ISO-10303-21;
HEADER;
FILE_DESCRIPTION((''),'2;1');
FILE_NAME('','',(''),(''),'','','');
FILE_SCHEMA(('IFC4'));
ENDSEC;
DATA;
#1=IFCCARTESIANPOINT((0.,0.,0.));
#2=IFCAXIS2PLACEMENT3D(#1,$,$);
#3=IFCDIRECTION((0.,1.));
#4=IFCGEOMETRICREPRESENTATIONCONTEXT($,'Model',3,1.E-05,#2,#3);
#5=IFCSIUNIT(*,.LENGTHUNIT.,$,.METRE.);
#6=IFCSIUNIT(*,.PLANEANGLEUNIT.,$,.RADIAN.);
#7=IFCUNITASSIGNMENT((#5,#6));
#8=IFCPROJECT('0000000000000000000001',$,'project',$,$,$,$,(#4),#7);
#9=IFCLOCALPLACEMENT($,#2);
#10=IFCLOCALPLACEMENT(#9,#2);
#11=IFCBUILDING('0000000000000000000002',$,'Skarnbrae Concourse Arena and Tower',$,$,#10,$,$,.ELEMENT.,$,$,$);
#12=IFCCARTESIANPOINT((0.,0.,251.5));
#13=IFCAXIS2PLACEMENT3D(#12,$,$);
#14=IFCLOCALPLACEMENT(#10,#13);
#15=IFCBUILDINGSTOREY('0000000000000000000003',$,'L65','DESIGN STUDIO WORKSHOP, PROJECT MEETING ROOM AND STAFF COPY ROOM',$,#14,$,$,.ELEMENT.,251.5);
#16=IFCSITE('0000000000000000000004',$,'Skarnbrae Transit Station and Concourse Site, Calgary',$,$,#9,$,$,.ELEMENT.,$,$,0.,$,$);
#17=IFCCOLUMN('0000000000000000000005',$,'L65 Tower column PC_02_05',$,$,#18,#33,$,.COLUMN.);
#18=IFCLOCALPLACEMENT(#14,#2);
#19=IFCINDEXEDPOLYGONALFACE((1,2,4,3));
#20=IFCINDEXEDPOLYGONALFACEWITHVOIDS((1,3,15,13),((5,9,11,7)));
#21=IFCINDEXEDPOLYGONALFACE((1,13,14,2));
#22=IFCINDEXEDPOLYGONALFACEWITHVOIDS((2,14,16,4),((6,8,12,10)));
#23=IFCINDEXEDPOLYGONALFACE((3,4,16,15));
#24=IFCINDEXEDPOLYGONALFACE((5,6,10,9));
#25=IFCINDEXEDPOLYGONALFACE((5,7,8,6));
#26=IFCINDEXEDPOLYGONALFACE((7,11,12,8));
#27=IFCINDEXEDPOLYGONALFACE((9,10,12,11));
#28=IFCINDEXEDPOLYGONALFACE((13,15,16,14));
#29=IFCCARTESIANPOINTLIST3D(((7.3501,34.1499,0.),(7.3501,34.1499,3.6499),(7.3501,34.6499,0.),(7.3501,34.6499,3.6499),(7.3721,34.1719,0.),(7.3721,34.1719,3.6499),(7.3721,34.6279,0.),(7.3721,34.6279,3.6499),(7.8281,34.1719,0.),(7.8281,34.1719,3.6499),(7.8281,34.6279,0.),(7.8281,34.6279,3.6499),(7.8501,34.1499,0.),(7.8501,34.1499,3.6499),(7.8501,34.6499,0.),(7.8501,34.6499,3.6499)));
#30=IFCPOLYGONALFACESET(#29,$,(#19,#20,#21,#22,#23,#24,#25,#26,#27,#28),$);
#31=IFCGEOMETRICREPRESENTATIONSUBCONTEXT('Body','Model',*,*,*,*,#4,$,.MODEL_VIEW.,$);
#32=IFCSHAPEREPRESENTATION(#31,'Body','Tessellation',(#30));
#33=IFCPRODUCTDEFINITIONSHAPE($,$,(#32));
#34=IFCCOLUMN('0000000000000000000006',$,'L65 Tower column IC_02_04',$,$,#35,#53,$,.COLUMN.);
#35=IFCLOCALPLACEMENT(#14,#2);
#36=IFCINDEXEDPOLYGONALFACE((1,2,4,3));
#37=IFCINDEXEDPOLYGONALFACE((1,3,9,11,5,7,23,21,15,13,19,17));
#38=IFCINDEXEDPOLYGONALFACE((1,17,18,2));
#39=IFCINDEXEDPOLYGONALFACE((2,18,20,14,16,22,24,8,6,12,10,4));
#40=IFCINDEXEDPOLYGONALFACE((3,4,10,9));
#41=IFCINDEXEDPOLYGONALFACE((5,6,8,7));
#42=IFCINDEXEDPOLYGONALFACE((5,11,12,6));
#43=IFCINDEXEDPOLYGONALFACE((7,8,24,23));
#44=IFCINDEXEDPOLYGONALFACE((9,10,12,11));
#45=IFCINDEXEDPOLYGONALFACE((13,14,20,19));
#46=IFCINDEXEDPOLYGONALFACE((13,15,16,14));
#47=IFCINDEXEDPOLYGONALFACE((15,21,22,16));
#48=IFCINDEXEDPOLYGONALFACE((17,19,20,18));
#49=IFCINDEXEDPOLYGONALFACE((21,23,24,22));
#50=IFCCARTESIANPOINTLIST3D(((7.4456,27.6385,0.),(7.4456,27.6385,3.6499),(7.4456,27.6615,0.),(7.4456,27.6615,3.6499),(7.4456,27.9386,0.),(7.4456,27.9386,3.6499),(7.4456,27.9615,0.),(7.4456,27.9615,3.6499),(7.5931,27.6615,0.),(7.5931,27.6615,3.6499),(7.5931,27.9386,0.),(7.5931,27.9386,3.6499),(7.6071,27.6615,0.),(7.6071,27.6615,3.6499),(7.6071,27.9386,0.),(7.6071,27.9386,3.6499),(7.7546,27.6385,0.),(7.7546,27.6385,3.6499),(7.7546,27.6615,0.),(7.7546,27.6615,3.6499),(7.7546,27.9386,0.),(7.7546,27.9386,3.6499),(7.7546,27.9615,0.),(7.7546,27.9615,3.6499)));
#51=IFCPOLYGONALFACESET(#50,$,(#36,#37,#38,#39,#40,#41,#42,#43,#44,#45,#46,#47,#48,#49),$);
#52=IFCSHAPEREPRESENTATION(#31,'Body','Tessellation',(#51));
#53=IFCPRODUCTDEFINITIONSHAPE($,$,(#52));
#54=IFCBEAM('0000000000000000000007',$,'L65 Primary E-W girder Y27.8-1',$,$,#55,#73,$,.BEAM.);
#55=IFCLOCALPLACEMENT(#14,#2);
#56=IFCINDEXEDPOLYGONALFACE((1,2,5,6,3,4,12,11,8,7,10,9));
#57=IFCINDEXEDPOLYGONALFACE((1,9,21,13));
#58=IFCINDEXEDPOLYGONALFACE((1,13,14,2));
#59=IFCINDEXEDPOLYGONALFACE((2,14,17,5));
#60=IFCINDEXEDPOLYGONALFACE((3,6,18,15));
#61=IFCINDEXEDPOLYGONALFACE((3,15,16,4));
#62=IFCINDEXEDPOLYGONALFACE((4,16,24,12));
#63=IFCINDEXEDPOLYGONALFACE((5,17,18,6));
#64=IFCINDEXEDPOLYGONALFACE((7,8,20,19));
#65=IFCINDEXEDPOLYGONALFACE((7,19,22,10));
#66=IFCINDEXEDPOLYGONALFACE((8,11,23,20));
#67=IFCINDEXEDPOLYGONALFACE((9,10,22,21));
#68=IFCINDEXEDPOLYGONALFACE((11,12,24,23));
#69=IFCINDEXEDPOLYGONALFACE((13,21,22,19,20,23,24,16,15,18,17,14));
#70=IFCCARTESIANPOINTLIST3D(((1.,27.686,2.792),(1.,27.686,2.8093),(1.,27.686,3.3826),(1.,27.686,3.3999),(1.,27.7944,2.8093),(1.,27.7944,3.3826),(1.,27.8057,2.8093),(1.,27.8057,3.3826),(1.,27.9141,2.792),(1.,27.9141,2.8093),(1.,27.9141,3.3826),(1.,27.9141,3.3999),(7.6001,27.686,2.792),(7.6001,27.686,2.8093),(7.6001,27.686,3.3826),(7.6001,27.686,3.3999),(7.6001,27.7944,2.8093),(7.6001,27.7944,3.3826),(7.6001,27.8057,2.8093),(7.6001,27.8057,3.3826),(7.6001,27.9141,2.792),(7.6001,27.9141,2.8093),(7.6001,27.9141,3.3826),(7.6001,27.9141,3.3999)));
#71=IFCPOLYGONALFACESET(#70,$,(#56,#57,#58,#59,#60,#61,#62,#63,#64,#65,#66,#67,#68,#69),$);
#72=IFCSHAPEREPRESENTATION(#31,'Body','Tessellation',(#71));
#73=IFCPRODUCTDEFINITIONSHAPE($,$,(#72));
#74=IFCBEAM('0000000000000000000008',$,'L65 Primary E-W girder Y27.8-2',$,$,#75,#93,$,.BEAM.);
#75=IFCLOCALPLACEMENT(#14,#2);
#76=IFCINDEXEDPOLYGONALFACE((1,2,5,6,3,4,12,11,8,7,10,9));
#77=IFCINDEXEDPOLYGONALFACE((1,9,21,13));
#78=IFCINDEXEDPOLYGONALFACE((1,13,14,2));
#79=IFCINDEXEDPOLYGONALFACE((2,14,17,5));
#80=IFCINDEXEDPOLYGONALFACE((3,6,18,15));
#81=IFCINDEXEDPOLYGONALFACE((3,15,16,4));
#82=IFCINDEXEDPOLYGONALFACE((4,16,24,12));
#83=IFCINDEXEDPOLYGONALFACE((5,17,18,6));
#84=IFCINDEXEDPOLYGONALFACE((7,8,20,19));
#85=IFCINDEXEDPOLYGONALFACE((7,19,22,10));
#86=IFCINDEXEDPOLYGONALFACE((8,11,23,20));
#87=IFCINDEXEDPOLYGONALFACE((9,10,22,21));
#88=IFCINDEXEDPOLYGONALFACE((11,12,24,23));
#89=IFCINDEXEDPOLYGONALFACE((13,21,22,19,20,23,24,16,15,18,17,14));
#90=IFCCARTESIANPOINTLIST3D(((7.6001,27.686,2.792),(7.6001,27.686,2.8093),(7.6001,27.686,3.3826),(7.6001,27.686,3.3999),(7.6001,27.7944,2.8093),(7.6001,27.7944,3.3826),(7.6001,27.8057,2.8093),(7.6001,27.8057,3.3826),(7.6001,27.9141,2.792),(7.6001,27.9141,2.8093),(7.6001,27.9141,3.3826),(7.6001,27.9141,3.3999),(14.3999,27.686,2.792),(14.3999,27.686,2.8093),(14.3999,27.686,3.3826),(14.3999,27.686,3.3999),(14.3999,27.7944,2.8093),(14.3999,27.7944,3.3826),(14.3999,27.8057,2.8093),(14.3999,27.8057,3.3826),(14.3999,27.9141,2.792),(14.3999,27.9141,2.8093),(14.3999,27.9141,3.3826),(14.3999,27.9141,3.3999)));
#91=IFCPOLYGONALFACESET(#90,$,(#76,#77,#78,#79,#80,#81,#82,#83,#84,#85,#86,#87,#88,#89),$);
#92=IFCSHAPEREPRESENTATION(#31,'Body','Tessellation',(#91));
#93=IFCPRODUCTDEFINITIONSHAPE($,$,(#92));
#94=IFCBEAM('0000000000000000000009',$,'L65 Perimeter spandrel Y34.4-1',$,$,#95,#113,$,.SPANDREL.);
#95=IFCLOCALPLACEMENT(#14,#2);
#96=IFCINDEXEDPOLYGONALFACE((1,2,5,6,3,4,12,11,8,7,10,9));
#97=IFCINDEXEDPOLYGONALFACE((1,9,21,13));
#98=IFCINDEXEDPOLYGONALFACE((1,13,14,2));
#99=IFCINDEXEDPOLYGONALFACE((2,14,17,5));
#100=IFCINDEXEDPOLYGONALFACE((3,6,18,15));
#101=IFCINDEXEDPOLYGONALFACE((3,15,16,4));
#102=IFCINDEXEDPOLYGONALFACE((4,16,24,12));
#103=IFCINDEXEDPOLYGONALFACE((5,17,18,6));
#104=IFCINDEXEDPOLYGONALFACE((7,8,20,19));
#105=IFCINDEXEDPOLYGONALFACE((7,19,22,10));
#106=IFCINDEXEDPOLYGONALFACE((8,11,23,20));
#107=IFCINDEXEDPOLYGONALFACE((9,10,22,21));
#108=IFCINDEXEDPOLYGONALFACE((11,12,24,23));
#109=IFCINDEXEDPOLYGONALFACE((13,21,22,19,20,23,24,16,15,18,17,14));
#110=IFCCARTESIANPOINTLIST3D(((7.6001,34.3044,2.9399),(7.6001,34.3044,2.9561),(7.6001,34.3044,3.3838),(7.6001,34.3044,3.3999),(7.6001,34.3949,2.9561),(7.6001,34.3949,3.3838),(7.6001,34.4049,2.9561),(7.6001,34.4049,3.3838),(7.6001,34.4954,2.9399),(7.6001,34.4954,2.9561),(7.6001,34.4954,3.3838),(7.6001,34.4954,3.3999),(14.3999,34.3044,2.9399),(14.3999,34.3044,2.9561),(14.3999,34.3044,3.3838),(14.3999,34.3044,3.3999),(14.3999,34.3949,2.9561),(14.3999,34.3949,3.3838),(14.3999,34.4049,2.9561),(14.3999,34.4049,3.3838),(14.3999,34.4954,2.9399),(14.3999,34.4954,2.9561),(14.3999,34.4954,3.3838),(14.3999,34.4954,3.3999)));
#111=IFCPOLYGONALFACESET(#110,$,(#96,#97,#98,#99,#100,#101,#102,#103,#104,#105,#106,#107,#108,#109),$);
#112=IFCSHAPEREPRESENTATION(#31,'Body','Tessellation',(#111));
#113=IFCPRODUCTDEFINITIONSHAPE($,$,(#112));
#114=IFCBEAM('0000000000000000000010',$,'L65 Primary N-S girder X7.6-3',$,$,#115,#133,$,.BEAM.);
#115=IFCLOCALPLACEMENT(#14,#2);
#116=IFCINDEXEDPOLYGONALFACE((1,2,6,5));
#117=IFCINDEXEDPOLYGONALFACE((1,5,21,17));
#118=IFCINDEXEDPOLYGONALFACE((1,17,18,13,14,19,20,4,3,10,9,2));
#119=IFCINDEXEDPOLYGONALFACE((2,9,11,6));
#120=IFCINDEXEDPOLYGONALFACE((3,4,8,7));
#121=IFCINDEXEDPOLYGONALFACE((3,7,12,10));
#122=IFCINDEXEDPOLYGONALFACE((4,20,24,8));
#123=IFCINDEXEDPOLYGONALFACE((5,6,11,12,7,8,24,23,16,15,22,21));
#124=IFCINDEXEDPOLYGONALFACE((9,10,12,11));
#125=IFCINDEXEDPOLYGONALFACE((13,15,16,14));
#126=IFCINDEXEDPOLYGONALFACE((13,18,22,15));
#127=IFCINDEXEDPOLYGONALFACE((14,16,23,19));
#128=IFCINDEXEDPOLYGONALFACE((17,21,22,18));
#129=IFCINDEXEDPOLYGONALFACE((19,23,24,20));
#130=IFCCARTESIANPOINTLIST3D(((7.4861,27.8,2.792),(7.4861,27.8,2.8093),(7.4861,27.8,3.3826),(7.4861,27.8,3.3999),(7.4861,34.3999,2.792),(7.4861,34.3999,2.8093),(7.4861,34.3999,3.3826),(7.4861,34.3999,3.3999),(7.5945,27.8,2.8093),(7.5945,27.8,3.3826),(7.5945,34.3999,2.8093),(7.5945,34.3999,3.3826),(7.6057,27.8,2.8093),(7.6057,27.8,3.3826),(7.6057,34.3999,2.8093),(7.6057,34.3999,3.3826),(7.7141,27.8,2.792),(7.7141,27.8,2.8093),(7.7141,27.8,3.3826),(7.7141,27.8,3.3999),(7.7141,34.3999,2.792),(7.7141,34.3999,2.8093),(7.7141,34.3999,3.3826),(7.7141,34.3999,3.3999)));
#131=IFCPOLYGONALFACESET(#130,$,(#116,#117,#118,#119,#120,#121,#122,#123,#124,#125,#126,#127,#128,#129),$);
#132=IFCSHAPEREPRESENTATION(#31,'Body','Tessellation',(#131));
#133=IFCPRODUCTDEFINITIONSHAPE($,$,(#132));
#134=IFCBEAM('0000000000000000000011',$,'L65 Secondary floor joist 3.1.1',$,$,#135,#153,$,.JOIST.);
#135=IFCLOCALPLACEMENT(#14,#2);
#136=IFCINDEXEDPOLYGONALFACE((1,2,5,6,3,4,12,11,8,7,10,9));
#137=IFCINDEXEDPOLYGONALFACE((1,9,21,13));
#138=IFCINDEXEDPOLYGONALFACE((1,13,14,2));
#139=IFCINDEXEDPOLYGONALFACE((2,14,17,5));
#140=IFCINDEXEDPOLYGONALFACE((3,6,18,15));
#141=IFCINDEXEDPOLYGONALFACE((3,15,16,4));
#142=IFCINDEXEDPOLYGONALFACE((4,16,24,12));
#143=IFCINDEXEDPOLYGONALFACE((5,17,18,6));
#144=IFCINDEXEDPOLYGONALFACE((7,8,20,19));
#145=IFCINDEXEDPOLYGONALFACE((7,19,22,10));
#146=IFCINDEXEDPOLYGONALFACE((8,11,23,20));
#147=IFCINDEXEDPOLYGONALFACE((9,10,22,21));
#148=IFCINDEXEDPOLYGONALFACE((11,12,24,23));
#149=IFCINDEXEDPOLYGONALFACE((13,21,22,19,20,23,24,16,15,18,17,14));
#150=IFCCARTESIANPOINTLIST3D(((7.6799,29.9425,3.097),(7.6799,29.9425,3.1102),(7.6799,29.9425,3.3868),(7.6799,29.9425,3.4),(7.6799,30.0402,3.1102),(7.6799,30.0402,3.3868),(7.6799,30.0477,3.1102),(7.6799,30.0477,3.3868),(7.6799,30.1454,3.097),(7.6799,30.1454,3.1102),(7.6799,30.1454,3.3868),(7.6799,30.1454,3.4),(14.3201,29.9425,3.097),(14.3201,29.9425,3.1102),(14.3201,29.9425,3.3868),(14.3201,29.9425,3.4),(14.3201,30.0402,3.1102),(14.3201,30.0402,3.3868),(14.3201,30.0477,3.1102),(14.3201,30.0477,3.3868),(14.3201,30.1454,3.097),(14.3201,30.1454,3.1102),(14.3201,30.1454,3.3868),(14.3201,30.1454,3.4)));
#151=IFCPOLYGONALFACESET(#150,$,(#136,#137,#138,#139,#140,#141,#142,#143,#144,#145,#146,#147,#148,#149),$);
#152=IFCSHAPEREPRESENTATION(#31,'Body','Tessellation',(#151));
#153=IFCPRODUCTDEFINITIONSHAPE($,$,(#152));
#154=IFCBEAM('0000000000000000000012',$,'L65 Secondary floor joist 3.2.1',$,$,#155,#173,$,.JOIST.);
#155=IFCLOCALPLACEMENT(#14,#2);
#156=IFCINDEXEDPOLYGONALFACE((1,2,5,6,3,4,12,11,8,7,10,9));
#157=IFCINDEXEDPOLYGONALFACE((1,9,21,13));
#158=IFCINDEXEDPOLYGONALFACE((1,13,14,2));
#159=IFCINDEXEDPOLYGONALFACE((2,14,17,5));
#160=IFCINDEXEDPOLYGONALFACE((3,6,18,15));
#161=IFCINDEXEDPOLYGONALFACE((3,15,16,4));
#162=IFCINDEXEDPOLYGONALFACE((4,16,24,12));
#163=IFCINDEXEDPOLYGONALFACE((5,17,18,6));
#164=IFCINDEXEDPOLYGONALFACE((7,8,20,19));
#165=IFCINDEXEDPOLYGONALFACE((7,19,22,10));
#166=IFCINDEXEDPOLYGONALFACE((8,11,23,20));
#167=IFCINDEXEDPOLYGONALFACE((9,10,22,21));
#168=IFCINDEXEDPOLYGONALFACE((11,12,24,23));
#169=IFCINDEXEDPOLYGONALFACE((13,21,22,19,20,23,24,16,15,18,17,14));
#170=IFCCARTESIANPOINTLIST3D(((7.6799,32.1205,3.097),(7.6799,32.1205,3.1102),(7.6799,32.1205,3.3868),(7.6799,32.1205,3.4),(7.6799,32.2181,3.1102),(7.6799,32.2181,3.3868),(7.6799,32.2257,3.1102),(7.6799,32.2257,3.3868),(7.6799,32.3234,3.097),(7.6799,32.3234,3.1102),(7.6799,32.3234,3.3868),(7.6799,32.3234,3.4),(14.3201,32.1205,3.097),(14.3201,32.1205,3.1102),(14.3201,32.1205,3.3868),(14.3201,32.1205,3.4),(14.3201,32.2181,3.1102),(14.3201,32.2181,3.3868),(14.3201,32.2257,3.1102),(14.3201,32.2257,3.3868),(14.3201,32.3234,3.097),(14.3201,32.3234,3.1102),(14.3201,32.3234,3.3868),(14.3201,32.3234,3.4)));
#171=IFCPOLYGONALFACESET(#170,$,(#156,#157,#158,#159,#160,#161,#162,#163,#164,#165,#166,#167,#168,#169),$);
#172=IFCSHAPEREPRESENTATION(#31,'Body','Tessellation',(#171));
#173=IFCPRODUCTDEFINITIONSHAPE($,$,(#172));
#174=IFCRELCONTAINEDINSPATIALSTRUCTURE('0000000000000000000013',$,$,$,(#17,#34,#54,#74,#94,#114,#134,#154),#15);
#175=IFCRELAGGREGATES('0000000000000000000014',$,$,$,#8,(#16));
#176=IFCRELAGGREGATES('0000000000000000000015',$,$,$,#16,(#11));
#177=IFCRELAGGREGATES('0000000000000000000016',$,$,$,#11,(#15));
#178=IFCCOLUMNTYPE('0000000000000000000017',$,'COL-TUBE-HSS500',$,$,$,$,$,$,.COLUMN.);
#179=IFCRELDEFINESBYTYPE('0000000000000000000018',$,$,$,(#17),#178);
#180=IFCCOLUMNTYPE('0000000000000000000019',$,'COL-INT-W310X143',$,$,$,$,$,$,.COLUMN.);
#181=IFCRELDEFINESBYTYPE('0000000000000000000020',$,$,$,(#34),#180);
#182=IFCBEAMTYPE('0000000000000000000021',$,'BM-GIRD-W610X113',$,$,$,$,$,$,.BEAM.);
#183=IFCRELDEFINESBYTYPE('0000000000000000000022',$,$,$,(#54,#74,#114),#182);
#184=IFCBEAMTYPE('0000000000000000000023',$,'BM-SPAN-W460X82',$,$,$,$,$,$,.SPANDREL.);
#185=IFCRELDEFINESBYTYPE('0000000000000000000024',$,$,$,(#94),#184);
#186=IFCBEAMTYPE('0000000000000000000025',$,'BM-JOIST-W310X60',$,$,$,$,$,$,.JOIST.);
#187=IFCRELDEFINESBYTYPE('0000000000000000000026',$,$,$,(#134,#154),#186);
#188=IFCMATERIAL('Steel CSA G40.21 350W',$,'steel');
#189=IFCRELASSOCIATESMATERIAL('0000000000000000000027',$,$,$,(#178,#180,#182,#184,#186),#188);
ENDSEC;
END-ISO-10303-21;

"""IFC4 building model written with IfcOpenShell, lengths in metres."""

from ifc_helpers import new_model, si_unit, direction, frame, origin, origin_2d, place, context, subcontext, project, spatial, hollow_rectangle, i_section, extrude, source, transform, mapped, material, material_profile, profile_set, type_object, element, save


model = new_model("IFC4")

# Units and contexts
model_context = context("Model", 3, precision=1e-05, world=origin(), true_north=direction((0.0, 1.0)))
body_context = subcontext(model_context, "Body", "Model", "MODEL_VIEW")
ifc_project = project(units=[si_unit("LENGTHUNIT", "METRE"), si_unit("PLANEANGLEUNIT", "RADIAN")], contexts=[model_context])

# Site, building, storey
site_placement = place(None, origin())
site = spatial("IfcSite", under=ifc_project, at=site_placement, Name="Skarnbrae Transit Station and Concourse Site, Calgary", CompositionType="ELEMENT", RefElevation=0.0)
building_placement = place(site_placement, origin())
building = spatial("IfcBuilding", under=site, at=building_placement, Name="Skarnbrae Concourse Arena and Tower", CompositionType="ELEMENT")
storey_placement = place(building_placement, frame((0.0, 0.0, 251.5)))
storey = spatial("IfcBuildingStorey", under=building, at=storey_placement, Name="L65", Description="DESIGN STUDIO WORKSHOP, PROJECT MEETING ROOM AND STAFF COPY ROOM", CompositionType="ELEMENT", Elevation=251.5)

# Columns
ifc_material_1 = material(Name="Steel CSA G40.21 350W", Category="steel")
ifc_material_profile_1 = material_profile(ifc_material_1, hollow_rectangle(XDim=0.5, YDim=0.5, WallThickness=0.022, at=origin_2d()), Name="HSS500X500X22.0")
ifc_profile_set_1 = profile_set([ifc_material_profile_1], Name="Steel CSA G40.21 350W")
column_type_1 = type_object("IfcColumnType", Name="COL-TUBE-HSS500", PredefinedType="COLUMN", material=ifc_profile_set_1)
shared_shape_1 = source(origin(), body_context, "Body", "SweptSolid", [
    extrude(hollow_rectangle(XDim=0.5, YDim=0.5, WallThickness=0.022, at=origin_2d()), origin(), (0.0, 0.0, 1.0), 3.6499),
])
column_1_placement = place(storey_placement, frame((7.6001, 34.3999, 0.0), z_axis=(0.0, 0.0, 1.0), x_axis=(1.0, 0.0, 0.0)))
element("IfcColumn", 1, at=column_1_placement, inside=storey, type_object=column_type_1, Name="L65 Tower column PC_02_05", PredefinedType="COLUMN", context=body_context, shape_type="MappedRepresentation", body=[
    mapped(shared_shape_1, transform((0.0, 0.0, 0.0))),
])
ifc_material_profile_2 = material_profile(ifc_material_1, i_section(OverallWidth=0.3091, OverallDepth=0.323, WebThickness=0.0139, FlangeThickness=0.0229, at=origin_2d()), Name="W310X143")
ifc_profile_set_2 = profile_set([ifc_material_profile_2], Name="Steel CSA G40.21 350W")
column_type_2 = type_object("IfcColumnType", Name="COL-INT-W310X143", PredefinedType="COLUMN", material=ifc_profile_set_2)
shared_shape_2 = source(origin(), body_context, "Body", "SweptSolid", [
    extrude(i_section(OverallWidth=0.3091, OverallDepth=0.323, WebThickness=0.0139, FlangeThickness=0.0229, at=origin_2d()), origin(), (0.0, 0.0, 1.0), 3.6499),
])
column_2_placement = place(storey_placement, frame((7.6001, 27.8, 0.0), z_axis=(0.0, 0.0, 1.0), x_axis=(1.0, 0.0, 0.0)))
element("IfcColumn", 2, at=column_2_placement, inside=storey, type_object=column_type_2, Name="L65 Tower column IC_02_04", PredefinedType="COLUMN", context=body_context, shape_type="MappedRepresentation", body=[
    mapped(shared_shape_2, transform((0.0, 0.0, 0.0))),
])

# Beams
ifc_material_profile_3 = material_profile(ifc_material_1, i_section(OverallWidth=0.228, OverallDepth=0.6079, WebThickness=0.0112, FlangeThickness=0.0173, at=origin_2d()), Name="W610X113")
ifc_profile_set_3 = profile_set([ifc_material_profile_3], Name="Steel CSA G40.21 350W")
beam_type_1 = type_object("IfcBeamType", Name="BM-GIRD-W610X113", PredefinedType="BEAM", material=ifc_profile_set_3)
shared_shape_3 = source(origin(), body_context, "Body", "SweptSolid", [
    extrude(i_section(OverallWidth=0.228, OverallDepth=0.6079, WebThickness=0.0112, FlangeThickness=0.0173, at=origin_2d()), origin(), (0.0, 0.0, 1.0), 6.6001),
])
beam_1_placement = place(storey_placement, frame((1.0, 27.8, 3.0959), z_axis=(1.0, 0.0, 0.0), x_axis=(0.0, 1.0, 0.0)))
element("IfcBeam", 3, at=beam_1_placement, inside=storey, type_object=beam_type_1, Name="L65 Primary E-W girder Y27.8-1", PredefinedType="BEAM", context=body_context, shape_type="MappedRepresentation", body=[
    mapped(shared_shape_3, transform((0.0, 0.0, 0.0))),
])
shared_shape_4 = source(origin(), body_context, "Body", "SweptSolid", [
    extrude(i_section(OverallWidth=0.228, OverallDepth=0.6079, WebThickness=0.0112, FlangeThickness=0.0173, at=origin_2d()), origin(), (0.0, 0.0, 1.0), 6.7998),
])
beam_2_placement = place(storey_placement, frame((7.6001, 27.8, 3.0959), z_axis=(1.0, 0.0, 0.0), x_axis=(0.0, 1.0, 0.0)))
element("IfcBeam", 4, at=beam_2_placement, inside=storey, type_object=beam_type_1, Name="L65 Primary E-W girder Y27.8-2", PredefinedType="BEAM", context=body_context, shape_type="MappedRepresentation", body=[
    mapped(shared_shape_4, transform((0.0, 0.0, 0.0))),
])
ifc_material_profile_4 = material_profile(ifc_material_1, i_section(OverallWidth=0.1909, OverallDepth=0.46, WebThickness=0.01, FlangeThickness=0.0161, at=origin_2d()), Name="W460X82")
ifc_profile_set_4 = profile_set([ifc_material_profile_4], Name="Steel CSA G40.21 350W")
beam_type_2 = type_object("IfcBeamType", Name="BM-SPAN-W460X82", PredefinedType="SPANDREL", material=ifc_profile_set_4)
shared_shape_5 = source(origin(), body_context, "Body", "SweptSolid", [
    extrude(i_section(OverallWidth=0.1909, OverallDepth=0.46, WebThickness=0.01, FlangeThickness=0.0161, at=origin_2d()), origin(), (0.0, 0.0, 1.0), 6.7998),
])
beam_3_placement = place(storey_placement, frame((7.6001, 34.3999, 3.1699), z_axis=(1.0, 0.0, 0.0), x_axis=(0.0, 1.0, 0.0)))
element("IfcBeam", 5, at=beam_3_placement, inside=storey, type_object=beam_type_2, Name="L65 Perimeter spandrel Y34.4-1", PredefinedType="SPANDREL", context=body_context, shape_type="MappedRepresentation", body=[
    mapped(shared_shape_5, transform((0.0, 0.0, 0.0))),
])
shared_shape_6 = source(origin(), body_context, "Body", "SweptSolid", [
    extrude(i_section(OverallWidth=0.228, OverallDepth=0.6079, WebThickness=0.0112, FlangeThickness=0.0173, at=origin_2d()), origin(), (0.0, 0.0, 1.0), 6.5999),
])
beam_4_placement = place(storey_placement, frame((7.6001, 27.8, 3.0959), z_axis=(0.0, 1.0, 0.0), x_axis=(-1.0, 0.0, 0.0)))
element("IfcBeam", 6, at=beam_4_placement, inside=storey, type_object=beam_type_1, Name="L65 Primary N-S girder X7.6-3", PredefinedType="BEAM", context=body_context, shape_type="MappedRepresentation", body=[
    mapped(shared_shape_6, transform((0.0, 0.0, 0.0))),
])
ifc_material_profile_5 = material_profile(ifc_material_1, i_section(OverallWidth=0.2029, OverallDepth=0.303, WebThickness=0.0076, FlangeThickness=0.0132, at=origin_2d()), Name="W310X60")
ifc_profile_set_5 = profile_set([ifc_material_profile_5], Name="Steel CSA G40.21 350W")
beam_type_3 = type_object("IfcBeamType", Name="BM-JOIST-W310X60", PredefinedType="JOIST", material=ifc_profile_set_5)
shared_shape_7 = source(origin(), body_context, "Body", "SweptSolid", [
    extrude(i_section(OverallWidth=0.2029, OverallDepth=0.303, WebThickness=0.0076, FlangeThickness=0.0132, at=origin_2d()), origin(), (0.0, 0.0, 1.0), 6.6401),
])
for number, where, z_axis, x_axis, name in (
    (7, (7.6799, 30.0439, 3.2485), (1.0, 0.0, 0.0), (0.0, 1.0, 0.0), "L65 Secondary floor joist 3.1.1"),
    (8, (7.6799, 32.2219, 3.2485), (1.0, 0.0, 0.0), (0.0, 1.0, 0.0), "L65 Secondary floor joist 3.2.1"),
):
    element("IfcBeam", number, at=place(storey_placement, frame(where, z_axis=z_axis, x_axis=x_axis)), inside=storey, type_object=beam_type_3, Name=name, PredefinedType="JOIST", context=body_context, shape_type="MappedRepresentation", body=[
        mapped(shared_shape_7, transform((0.0, 0.0, 0.0))),
    ])

save(model, "model.ifc")
